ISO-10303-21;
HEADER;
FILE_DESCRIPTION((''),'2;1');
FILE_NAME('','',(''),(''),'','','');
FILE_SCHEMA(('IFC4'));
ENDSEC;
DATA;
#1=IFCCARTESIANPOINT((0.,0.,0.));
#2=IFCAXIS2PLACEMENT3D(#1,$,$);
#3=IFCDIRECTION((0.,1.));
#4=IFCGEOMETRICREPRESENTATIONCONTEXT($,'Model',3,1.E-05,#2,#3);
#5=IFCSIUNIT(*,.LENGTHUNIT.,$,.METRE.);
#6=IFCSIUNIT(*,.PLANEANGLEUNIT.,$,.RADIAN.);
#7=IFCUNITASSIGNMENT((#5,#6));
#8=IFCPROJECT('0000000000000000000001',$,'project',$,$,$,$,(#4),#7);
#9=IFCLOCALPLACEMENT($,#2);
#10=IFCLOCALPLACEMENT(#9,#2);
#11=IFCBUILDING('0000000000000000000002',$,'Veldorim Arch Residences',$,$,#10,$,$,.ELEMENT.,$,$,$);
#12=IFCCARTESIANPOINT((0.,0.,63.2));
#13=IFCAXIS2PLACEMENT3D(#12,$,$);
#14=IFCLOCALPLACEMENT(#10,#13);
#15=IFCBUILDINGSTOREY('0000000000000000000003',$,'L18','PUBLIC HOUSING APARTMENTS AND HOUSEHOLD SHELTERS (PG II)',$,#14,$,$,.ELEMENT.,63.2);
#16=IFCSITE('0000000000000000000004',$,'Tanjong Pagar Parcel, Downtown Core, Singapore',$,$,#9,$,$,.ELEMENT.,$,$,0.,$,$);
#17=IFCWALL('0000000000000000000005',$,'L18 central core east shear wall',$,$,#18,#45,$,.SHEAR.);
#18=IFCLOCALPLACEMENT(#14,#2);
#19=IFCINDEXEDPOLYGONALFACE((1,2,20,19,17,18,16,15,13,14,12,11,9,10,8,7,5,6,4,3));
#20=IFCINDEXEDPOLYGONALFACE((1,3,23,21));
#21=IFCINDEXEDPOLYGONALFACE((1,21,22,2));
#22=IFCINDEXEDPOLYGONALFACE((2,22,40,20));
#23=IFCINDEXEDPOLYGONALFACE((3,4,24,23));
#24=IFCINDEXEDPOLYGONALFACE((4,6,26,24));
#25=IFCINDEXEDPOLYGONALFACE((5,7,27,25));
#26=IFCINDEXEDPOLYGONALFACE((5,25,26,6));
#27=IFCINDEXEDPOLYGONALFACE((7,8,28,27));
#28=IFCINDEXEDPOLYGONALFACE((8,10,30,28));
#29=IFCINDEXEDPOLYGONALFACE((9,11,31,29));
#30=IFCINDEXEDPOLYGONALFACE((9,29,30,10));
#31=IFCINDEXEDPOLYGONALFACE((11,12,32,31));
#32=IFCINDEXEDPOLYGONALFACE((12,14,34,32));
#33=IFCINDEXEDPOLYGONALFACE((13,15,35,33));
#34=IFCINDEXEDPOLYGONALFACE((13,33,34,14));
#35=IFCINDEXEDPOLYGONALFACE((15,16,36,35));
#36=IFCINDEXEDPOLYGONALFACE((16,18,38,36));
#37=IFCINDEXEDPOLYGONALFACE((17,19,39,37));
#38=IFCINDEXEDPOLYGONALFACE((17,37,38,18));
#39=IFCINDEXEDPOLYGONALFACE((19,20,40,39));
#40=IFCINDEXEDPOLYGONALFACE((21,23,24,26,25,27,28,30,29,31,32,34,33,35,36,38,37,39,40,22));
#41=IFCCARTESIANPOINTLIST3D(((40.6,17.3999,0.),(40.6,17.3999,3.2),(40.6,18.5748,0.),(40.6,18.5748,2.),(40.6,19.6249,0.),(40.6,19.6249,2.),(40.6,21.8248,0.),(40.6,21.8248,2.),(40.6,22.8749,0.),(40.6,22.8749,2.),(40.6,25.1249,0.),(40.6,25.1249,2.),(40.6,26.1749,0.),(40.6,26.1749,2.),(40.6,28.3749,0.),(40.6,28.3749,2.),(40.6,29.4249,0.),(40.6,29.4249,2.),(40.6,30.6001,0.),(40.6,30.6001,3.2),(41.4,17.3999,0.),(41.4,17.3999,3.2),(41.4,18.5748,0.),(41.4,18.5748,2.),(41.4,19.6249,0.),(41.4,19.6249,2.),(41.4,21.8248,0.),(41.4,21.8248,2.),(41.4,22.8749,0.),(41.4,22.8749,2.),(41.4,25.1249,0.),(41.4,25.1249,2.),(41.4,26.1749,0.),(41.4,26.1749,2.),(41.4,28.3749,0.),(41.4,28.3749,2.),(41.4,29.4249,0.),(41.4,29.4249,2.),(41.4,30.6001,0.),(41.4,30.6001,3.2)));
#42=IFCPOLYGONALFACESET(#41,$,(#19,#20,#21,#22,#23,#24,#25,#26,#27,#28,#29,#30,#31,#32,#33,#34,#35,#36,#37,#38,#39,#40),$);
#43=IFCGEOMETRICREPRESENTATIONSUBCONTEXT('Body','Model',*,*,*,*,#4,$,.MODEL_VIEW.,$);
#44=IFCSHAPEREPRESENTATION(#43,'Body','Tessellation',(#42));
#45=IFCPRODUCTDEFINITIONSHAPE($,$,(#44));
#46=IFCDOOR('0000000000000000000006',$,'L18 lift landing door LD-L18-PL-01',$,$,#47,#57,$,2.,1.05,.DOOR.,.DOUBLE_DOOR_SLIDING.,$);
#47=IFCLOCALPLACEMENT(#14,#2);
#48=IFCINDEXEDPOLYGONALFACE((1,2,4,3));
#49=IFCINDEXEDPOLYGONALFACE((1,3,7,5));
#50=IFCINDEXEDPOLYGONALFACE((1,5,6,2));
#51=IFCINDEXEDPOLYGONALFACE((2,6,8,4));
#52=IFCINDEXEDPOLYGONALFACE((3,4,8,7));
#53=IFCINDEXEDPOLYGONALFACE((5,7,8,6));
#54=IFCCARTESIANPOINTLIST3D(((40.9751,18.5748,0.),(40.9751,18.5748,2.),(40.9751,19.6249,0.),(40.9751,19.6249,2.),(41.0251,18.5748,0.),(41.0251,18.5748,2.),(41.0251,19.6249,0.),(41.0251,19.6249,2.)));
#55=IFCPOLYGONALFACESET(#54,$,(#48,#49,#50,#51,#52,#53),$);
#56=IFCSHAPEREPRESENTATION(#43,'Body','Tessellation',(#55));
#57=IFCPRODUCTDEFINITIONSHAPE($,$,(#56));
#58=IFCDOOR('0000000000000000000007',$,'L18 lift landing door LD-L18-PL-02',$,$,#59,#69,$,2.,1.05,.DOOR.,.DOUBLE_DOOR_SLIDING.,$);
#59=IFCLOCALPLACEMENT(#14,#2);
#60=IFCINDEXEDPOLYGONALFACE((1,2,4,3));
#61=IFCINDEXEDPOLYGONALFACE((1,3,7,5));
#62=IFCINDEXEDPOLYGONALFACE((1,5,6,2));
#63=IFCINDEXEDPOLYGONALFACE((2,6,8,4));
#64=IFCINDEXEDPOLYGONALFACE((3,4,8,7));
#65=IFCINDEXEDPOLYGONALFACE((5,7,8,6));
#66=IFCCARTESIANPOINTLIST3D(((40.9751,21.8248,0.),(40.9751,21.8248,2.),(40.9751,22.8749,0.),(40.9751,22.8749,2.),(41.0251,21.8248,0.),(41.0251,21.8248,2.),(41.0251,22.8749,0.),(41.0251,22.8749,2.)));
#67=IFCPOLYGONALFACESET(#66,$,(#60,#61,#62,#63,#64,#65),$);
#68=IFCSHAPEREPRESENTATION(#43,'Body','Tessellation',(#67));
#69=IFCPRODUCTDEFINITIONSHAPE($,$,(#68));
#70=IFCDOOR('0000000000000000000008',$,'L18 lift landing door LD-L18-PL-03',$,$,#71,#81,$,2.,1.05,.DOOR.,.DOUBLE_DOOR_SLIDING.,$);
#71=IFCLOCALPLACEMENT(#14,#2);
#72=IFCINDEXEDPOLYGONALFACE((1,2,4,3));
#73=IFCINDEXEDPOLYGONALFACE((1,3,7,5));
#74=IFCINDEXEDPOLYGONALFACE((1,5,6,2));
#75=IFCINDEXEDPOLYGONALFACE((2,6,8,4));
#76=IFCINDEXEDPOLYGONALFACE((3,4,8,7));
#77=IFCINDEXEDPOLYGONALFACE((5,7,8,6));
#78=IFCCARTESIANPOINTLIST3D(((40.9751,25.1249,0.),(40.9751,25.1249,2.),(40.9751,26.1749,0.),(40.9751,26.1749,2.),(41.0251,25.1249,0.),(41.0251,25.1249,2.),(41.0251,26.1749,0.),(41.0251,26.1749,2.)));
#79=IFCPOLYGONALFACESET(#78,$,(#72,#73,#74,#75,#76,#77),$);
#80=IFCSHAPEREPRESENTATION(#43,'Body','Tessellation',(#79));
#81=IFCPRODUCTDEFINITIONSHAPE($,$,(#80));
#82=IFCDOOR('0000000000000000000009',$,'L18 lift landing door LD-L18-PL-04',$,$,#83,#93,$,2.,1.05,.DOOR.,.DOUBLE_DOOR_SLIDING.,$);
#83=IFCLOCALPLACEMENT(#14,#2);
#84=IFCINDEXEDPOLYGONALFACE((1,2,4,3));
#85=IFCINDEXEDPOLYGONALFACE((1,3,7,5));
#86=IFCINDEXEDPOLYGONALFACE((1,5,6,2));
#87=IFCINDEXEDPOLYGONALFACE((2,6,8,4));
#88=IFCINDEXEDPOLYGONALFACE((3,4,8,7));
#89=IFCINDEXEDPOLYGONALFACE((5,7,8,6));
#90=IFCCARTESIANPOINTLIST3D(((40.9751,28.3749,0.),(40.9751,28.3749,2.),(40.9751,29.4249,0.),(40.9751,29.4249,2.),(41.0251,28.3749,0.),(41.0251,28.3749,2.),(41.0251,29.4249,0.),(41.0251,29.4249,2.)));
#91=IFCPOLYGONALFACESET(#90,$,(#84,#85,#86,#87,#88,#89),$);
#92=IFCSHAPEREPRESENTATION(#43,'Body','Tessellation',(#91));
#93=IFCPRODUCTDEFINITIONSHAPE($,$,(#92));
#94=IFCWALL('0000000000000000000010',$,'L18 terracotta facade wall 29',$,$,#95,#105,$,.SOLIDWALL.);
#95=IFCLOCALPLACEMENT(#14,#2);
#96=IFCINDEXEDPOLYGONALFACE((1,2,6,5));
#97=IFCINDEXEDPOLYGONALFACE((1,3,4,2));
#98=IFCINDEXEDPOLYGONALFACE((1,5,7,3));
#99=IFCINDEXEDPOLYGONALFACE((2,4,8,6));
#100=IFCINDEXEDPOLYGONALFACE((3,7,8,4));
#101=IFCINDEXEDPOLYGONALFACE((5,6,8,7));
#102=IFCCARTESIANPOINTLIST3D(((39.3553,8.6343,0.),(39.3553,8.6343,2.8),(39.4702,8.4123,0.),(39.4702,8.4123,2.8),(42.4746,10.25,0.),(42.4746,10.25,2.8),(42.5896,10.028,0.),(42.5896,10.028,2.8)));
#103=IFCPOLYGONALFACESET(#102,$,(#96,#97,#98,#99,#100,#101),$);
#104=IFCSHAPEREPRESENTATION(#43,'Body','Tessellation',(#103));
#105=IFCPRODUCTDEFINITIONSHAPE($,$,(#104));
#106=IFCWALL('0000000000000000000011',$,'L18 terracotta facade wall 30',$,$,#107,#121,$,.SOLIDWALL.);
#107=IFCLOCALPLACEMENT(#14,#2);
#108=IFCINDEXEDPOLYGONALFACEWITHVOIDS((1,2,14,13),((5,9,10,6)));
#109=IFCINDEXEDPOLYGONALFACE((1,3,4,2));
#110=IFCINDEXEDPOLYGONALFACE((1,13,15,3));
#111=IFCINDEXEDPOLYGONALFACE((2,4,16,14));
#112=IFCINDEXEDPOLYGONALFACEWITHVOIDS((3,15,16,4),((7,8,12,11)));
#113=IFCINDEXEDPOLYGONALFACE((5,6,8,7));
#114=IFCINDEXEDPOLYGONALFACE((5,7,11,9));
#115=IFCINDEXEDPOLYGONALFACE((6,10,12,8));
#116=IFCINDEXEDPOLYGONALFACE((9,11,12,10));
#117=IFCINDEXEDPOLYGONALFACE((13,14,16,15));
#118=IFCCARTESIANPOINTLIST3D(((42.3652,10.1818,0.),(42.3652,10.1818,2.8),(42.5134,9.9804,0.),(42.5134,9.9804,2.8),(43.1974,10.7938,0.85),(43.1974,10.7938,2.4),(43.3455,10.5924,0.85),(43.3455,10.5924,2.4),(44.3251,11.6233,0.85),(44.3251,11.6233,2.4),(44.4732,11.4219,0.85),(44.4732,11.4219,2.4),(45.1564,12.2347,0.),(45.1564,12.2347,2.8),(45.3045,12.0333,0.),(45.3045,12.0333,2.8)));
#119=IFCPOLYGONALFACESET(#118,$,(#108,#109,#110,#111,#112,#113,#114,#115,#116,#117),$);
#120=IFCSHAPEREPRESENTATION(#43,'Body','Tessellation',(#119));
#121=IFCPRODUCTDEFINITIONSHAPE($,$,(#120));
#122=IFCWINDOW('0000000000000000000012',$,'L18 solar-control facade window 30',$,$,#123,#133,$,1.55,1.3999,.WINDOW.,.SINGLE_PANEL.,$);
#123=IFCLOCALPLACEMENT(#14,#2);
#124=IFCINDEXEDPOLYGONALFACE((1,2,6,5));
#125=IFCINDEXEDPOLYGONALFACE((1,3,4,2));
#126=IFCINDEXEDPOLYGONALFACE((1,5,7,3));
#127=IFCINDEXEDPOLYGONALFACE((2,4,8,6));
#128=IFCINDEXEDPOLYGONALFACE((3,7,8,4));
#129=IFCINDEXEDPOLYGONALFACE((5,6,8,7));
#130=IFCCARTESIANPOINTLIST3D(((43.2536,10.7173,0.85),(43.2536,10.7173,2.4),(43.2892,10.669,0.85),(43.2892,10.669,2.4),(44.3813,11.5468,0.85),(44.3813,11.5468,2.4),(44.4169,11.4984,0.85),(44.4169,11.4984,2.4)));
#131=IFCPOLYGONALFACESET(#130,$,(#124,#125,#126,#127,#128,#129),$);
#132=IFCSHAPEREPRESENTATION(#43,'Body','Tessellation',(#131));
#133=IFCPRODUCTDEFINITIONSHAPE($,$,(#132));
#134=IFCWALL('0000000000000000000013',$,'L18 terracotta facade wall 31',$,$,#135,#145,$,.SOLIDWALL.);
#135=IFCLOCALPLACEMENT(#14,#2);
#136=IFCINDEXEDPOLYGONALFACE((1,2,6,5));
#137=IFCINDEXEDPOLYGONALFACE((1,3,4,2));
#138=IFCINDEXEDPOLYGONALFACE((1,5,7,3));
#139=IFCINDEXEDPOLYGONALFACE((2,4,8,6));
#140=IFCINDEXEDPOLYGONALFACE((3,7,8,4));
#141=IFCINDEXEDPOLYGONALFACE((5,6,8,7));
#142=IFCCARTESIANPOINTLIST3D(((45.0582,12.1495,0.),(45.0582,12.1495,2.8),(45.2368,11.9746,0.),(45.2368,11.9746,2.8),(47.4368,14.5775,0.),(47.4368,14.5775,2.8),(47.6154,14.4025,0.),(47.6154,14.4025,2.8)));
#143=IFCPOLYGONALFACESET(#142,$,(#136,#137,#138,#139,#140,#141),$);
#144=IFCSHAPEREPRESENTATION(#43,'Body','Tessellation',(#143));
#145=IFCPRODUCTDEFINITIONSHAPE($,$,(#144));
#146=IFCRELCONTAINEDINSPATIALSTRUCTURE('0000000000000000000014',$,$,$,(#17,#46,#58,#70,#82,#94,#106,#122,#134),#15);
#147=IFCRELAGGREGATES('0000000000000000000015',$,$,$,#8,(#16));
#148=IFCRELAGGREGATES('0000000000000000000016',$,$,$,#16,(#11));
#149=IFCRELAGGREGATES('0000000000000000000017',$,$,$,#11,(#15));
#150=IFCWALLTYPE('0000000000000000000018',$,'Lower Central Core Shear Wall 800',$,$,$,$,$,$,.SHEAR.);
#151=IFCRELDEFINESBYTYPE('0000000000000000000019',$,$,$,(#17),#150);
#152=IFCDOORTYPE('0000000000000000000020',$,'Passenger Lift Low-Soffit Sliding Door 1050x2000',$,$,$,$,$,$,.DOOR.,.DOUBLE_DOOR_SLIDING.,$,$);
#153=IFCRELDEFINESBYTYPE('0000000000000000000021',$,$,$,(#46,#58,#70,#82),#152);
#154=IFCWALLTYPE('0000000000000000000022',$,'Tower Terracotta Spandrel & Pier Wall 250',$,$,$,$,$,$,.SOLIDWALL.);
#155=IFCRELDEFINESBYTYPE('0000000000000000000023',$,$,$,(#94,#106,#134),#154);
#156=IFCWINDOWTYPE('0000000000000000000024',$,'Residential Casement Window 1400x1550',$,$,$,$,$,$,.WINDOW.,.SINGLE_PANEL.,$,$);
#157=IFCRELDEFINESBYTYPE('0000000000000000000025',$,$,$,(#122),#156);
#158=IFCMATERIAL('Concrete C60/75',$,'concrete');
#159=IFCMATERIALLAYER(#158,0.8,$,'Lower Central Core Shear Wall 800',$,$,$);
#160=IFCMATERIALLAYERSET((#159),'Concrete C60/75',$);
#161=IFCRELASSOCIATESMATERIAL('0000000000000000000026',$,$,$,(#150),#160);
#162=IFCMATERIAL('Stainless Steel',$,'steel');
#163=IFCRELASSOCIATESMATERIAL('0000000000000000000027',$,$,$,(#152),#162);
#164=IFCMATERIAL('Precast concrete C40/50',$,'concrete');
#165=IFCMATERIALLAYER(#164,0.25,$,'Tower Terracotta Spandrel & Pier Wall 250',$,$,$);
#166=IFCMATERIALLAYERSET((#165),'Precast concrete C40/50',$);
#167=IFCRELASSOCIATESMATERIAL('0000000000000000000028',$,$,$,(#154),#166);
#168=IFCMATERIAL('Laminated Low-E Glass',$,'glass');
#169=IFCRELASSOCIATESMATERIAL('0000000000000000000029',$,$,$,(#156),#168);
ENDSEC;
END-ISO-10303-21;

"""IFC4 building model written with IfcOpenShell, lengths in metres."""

from ifc_helpers import new_model, si_unit, direction, frame, frame_2d, origin, place, context, subcontext, project, spatial, rectangle, extrude, material, layer, layer_set, type_object, element, fill, save


model = new_model("IFC4")

# Units and contexts
model_context = context("Model", 3, precision=1e-05, world=origin(), true_north=direction((0.0, 1.0)))
body_context = subcontext(model_context, "Body", "Model", "MODEL_VIEW")
ifc_project = project(units=[si_unit("LENGTHUNIT", "METRE"), si_unit("PLANEANGLEUNIT", "RADIAN")], contexts=[model_context])

# Site, building, storey
site_placement = place(None, origin())
site = spatial("IfcSite", under=ifc_project, at=site_placement, Name="Tanjong Pagar Parcel, Downtown Core, Singapore", CompositionType="ELEMENT", RefElevation=0.0)
building_placement = place(site_placement, origin())
building = spatial("IfcBuilding", under=site, at=building_placement, Name="Veldorim Arch Residences", CompositionType="ELEMENT")
storey_placement = place(building_placement, frame((0.0, 0.0, 63.2)))
storey = spatial("IfcBuildingStorey", under=building, at=storey_placement, Name="L18", Description="PUBLIC HOUSING APARTMENTS AND HOUSEHOLD SHELTERS (PG II)", CompositionType="ELEMENT", Elevation=63.2)

# Wall, openings, doors
ifc_material_1 = material(Name="Concrete C60/75", Category="concrete")
ifc_layer_1 = layer(ifc_material_1, 0.8, Name="Lower Central Core Shear Wall 800")
ifc_layer_set_1 = layer_set([ifc_layer_1], Name="Concrete C60/75")
wall_type_1 = type_object("IfcWallType", Name="Lower Central Core Shear Wall 800", PredefinedType="SHEAR", material=ifc_layer_set_1)
wall_1_placement = place(storey_placement, frame((41.0, 17.3999, 0.0), z_axis=(0.0, 0.0, 1.0), x_axis=(0.0, 1.0, 0.0)))
wall_1 = element("IfcWall", 1, at=wall_1_placement, inside=storey, type_object=wall_type_1, Name="L18 central core east shear wall", PredefinedType="SHEAR", context=body_context, shape_type="SweptSolid", body=[
    extrude(rectangle(XDim=13.2002, YDim=0.8, at=frame_2d((6.6001, 0.0))), origin(), (0.0, 0.0, 1.0), 3.2),
])
opening_1_placement = place(wall_1_placement, frame((1.175, 0.0, 0.0)))
opening_1 = element("IfcOpeningElement", 2, at=opening_1_placement, cuts=wall_1, PredefinedType="OPENING", context=body_context, shape_type="SweptSolid", body=[
    extrude(rectangle(XDim=1.05, YDim=2.0, at=frame_2d((0.5249, 1.0))), frame((0.0, 0.4099, 0.0), z_axis=(0.0, -1.0, 0.0), x_axis=(1.0, 0.0, 0.0)), (0.0, 0.0, 1.0), 0.8201),
])
opening_2_placement = place(wall_1_placement, frame((4.425, 0.0, 0.0)))
opening_2 = element("IfcOpeningElement", 3, at=opening_2_placement, cuts=wall_1, PredefinedType="OPENING", context=body_context, shape_type="SweptSolid", body=[
    extrude(rectangle(XDim=1.05, YDim=2.0, at=frame_2d((0.5249, 1.0))), frame((0.0, 0.4099, 0.0), z_axis=(0.0, -1.0, 0.0), x_axis=(1.0, 0.0, 0.0)), (0.0, 0.0, 1.0), 0.8201),
])
opening_3_placement = place(wall_1_placement, frame((7.7251, 0.0, 0.0)))
opening_3 = element("IfcOpeningElement", 4, at=opening_3_placement, cuts=wall_1, PredefinedType="OPENING", context=body_context, shape_type="SweptSolid", body=[
    extrude(rectangle(XDim=1.05, YDim=2.0, at=frame_2d((0.5249, 1.0))), frame((0.0, 0.4099, 0.0), z_axis=(0.0, -1.0, 0.0), x_axis=(1.0, 0.0, 0.0)), (0.0, 0.0, 1.0), 0.8201),
])
opening_4_placement = place(wall_1_placement, frame((10.9751, 0.0, 0.0)))
opening_4 = element("IfcOpeningElement", 5, at=opening_4_placement, cuts=wall_1, PredefinedType="OPENING", context=body_context, shape_type="SweptSolid", body=[
    extrude(rectangle(XDim=1.05, YDim=2.0, at=frame_2d((0.5249, 1.0))), frame((0.0, 0.4099, 0.0), z_axis=(0.0, -1.0, 0.0), x_axis=(1.0, 0.0, 0.0)), (0.0, 0.0, 1.0), 0.8201),
])
ifc_material_2 = material(Name="Stainless Steel", Category="steel")
door_type_1 = type_object("IfcDoorType", Name="Passenger Lift Low-Soffit Sliding Door 1050x2000", OperationType="DOUBLE_DOOR_SLIDING", PredefinedType="DOOR", material=ifc_material_2)
door_1_placement = place(opening_1_placement, origin())
door_1 = element("IfcDoor", 6, at=door_1_placement, inside=storey, type_object=door_type_1, Name="L18 lift landing door LD-L18-PL-01", OperationType="DOUBLE_DOOR_SLIDING", OverallHeight=2.0, OverallWidth=1.05, PredefinedType="DOOR", context=body_context, shape_type="SweptSolid", body=[
    extrude(rectangle(XDim=1.05, YDim=2.0, at=frame_2d((0.5249, 1.0))), frame((0.0, 0.0249, 0.0), z_axis=(0.0, -1.0, 0.0), x_axis=(1.0, 0.0, 0.0)), (0.0, 0.0, 1.0), 0.05),
])
fill(opening_1, door_1)
door_2_placement = place(opening_2_placement, origin())
door_2 = element("IfcDoor", 7, at=door_2_placement, inside=storey, type_object=door_type_1, Name="L18 lift landing door LD-L18-PL-02", OperationType="DOUBLE_DOOR_SLIDING", OverallHeight=2.0, OverallWidth=1.05, PredefinedType="DOOR", context=body_context, shape_type="SweptSolid", body=[
    extrude(rectangle(XDim=1.05, YDim=2.0, at=frame_2d((0.5249, 1.0))), frame((0.0, 0.0249, 0.0), z_axis=(0.0, -1.0, 0.0), x_axis=(1.0, 0.0, 0.0)), (0.0, 0.0, 1.0), 0.05),
])
fill(opening_2, door_2)
door_3_placement = place(opening_3_placement, origin())
door_3 = element("IfcDoor", 8, at=door_3_placement, inside=storey, type_object=door_type_1, Name="L18 lift landing door LD-L18-PL-03", OperationType="DOUBLE_DOOR_SLIDING", OverallHeight=2.0, OverallWidth=1.05, PredefinedType="DOOR", context=body_context, shape_type="SweptSolid", body=[
    extrude(rectangle(XDim=1.05, YDim=2.0, at=frame_2d((0.5249, 1.0))), frame((0.0, 0.0249, 0.0), z_axis=(0.0, -1.0, 0.0), x_axis=(1.0, 0.0, 0.0)), (0.0, 0.0, 1.0), 0.05),
])
fill(opening_3, door_3)
door_4_placement = place(opening_4_placement, origin())
door_4 = element("IfcDoor", 9, at=door_4_placement, inside=storey, type_object=door_type_1, Name="L18 lift landing door LD-L18-PL-04", OperationType="DOUBLE_DOOR_SLIDING", OverallHeight=2.0, OverallWidth=1.05, PredefinedType="DOOR", context=body_context, shape_type="SweptSolid", body=[
    extrude(rectangle(XDim=1.05, YDim=2.0, at=frame_2d((0.5249, 1.0))), frame((0.0, 0.0249, 0.0), z_axis=(0.0, -1.0, 0.0), x_axis=(1.0, 0.0, 0.0)), (0.0, 0.0, 1.0), 0.05),
])
fill(opening_4, door_4)

# Wall
ifc_material_3 = material(Name="Precast concrete C40/50", Category="concrete")
ifc_layer_2 = layer(ifc_material_3, 0.25, Name="Tower Terracotta Spandrel & Pier Wall 250")
ifc_layer_set_2 = layer_set([ifc_layer_2], Name="Precast concrete C40/50")
wall_type_2 = type_object("IfcWallType", Name="Tower Terracotta Spandrel & Pier Wall 250", PredefinedType="SOLIDWALL", material=ifc_layer_set_2)
wall_2_placement = place(storey_placement, frame((42.532, 10.1389, 0.0), z_axis=(0.0, 0.0, 1.0), x_axis=(-0.887956, -0.459928, 0.0)))
element("IfcWall", 10, at=wall_2_placement, inside=storey, type_object=wall_type_2, Name="L18 terracotta facade wall 29", PredefinedType="SOLIDWALL", context=body_context, shape_type="SweptSolid", body=[
    extrude(rectangle(XDim=3.5129, YDim=0.25, at=frame_2d((1.7563, 0.0))), origin(), (0.0, 0.0, 1.0), 2.8),
])

# Wall, opening, window
wall_3_placement = place(storey_placement, frame((45.2305, 12.134, 0.0), z_axis=(0.0, 0.0, 1.0), x_axis=(-0.805571, -0.592499, 0.0)))
wall_3 = element("IfcWall", 11, at=wall_3_placement, inside=storey, type_object=wall_type_2, Name="L18 terracotta facade wall 30", PredefinedType="SOLIDWALL", context=body_context, shape_type="SweptSolid", body=[
    extrude(rectangle(XDim=3.4648, YDim=0.25, at=frame_2d((1.7324, 0.0))), origin(), (0.0, 0.0, 1.0), 2.8),
])
opening_5_placement = place(wall_3_placement, frame((1.032, 0.0, 0.8501)))
opening_5 = element("IfcOpeningElement", 12, at=opening_5_placement, cuts=wall_3, PredefinedType="OPENING", context=body_context, shape_type="SweptSolid", body=[
    extrude(rectangle(XDim=1.3999, YDim=1.55, at=frame_2d((0.7, 0.7749))), frame((0.0, 0.135, 0.0), z_axis=(0.0, -1.0, 0.0), x_axis=(1.0, 0.0, 0.0)), (0.0, 0.0, 1.0), 0.27),
])
ifc_material_4 = material(Name="Laminated Low-E Glass", Category="glass")
window_type = type_object("IfcWindowType", Name="Residential Casement Window 1400x1550", PartitioningType="SINGLE_PANEL", PredefinedType="WINDOW", material=ifc_material_4)
window_1_placement = place(opening_5_placement, origin())
window_1 = element("IfcWindow", 13, at=window_1_placement, inside=storey, type_object=window_type, Name="L18 solar-control facade window 30", OverallHeight=1.55, OverallWidth=1.3999, PartitioningType="SINGLE_PANEL", PredefinedType="WINDOW", context=body_context, shape_type="SweptSolid", body=[
    extrude(rectangle(XDim=1.3999, YDim=1.55, at=frame_2d((0.7, 0.7749))), frame((0.0, 0.03, 0.0), z_axis=(0.0, -1.0, 0.0), x_axis=(1.0, 0.0, 0.0)), (0.0, 0.0, 1.0), 0.0601),
])
fill(opening_5, window_1)

# Wall
wall_4_placement = place(storey_placement, frame((47.5261, 14.49, 0.0), z_axis=(0.0, 0.0, 1.0), x_axis=(-0.699815, -0.714324, 0.0)))
element("IfcWall", 14, at=wall_4_placement, inside=storey, type_object=wall_type_2, Name="L18 terracotta facade wall 31", PredefinedType="SOLIDWALL", context=body_context, shape_type="SweptSolid", body=[
    extrude(rectangle(XDim=3.3989, YDim=0.25, at=frame_2d((1.6995, 0.0))), origin(), (0.0, 0.0, 1.0), 2.8),
])

save(model, "model.ifc")
